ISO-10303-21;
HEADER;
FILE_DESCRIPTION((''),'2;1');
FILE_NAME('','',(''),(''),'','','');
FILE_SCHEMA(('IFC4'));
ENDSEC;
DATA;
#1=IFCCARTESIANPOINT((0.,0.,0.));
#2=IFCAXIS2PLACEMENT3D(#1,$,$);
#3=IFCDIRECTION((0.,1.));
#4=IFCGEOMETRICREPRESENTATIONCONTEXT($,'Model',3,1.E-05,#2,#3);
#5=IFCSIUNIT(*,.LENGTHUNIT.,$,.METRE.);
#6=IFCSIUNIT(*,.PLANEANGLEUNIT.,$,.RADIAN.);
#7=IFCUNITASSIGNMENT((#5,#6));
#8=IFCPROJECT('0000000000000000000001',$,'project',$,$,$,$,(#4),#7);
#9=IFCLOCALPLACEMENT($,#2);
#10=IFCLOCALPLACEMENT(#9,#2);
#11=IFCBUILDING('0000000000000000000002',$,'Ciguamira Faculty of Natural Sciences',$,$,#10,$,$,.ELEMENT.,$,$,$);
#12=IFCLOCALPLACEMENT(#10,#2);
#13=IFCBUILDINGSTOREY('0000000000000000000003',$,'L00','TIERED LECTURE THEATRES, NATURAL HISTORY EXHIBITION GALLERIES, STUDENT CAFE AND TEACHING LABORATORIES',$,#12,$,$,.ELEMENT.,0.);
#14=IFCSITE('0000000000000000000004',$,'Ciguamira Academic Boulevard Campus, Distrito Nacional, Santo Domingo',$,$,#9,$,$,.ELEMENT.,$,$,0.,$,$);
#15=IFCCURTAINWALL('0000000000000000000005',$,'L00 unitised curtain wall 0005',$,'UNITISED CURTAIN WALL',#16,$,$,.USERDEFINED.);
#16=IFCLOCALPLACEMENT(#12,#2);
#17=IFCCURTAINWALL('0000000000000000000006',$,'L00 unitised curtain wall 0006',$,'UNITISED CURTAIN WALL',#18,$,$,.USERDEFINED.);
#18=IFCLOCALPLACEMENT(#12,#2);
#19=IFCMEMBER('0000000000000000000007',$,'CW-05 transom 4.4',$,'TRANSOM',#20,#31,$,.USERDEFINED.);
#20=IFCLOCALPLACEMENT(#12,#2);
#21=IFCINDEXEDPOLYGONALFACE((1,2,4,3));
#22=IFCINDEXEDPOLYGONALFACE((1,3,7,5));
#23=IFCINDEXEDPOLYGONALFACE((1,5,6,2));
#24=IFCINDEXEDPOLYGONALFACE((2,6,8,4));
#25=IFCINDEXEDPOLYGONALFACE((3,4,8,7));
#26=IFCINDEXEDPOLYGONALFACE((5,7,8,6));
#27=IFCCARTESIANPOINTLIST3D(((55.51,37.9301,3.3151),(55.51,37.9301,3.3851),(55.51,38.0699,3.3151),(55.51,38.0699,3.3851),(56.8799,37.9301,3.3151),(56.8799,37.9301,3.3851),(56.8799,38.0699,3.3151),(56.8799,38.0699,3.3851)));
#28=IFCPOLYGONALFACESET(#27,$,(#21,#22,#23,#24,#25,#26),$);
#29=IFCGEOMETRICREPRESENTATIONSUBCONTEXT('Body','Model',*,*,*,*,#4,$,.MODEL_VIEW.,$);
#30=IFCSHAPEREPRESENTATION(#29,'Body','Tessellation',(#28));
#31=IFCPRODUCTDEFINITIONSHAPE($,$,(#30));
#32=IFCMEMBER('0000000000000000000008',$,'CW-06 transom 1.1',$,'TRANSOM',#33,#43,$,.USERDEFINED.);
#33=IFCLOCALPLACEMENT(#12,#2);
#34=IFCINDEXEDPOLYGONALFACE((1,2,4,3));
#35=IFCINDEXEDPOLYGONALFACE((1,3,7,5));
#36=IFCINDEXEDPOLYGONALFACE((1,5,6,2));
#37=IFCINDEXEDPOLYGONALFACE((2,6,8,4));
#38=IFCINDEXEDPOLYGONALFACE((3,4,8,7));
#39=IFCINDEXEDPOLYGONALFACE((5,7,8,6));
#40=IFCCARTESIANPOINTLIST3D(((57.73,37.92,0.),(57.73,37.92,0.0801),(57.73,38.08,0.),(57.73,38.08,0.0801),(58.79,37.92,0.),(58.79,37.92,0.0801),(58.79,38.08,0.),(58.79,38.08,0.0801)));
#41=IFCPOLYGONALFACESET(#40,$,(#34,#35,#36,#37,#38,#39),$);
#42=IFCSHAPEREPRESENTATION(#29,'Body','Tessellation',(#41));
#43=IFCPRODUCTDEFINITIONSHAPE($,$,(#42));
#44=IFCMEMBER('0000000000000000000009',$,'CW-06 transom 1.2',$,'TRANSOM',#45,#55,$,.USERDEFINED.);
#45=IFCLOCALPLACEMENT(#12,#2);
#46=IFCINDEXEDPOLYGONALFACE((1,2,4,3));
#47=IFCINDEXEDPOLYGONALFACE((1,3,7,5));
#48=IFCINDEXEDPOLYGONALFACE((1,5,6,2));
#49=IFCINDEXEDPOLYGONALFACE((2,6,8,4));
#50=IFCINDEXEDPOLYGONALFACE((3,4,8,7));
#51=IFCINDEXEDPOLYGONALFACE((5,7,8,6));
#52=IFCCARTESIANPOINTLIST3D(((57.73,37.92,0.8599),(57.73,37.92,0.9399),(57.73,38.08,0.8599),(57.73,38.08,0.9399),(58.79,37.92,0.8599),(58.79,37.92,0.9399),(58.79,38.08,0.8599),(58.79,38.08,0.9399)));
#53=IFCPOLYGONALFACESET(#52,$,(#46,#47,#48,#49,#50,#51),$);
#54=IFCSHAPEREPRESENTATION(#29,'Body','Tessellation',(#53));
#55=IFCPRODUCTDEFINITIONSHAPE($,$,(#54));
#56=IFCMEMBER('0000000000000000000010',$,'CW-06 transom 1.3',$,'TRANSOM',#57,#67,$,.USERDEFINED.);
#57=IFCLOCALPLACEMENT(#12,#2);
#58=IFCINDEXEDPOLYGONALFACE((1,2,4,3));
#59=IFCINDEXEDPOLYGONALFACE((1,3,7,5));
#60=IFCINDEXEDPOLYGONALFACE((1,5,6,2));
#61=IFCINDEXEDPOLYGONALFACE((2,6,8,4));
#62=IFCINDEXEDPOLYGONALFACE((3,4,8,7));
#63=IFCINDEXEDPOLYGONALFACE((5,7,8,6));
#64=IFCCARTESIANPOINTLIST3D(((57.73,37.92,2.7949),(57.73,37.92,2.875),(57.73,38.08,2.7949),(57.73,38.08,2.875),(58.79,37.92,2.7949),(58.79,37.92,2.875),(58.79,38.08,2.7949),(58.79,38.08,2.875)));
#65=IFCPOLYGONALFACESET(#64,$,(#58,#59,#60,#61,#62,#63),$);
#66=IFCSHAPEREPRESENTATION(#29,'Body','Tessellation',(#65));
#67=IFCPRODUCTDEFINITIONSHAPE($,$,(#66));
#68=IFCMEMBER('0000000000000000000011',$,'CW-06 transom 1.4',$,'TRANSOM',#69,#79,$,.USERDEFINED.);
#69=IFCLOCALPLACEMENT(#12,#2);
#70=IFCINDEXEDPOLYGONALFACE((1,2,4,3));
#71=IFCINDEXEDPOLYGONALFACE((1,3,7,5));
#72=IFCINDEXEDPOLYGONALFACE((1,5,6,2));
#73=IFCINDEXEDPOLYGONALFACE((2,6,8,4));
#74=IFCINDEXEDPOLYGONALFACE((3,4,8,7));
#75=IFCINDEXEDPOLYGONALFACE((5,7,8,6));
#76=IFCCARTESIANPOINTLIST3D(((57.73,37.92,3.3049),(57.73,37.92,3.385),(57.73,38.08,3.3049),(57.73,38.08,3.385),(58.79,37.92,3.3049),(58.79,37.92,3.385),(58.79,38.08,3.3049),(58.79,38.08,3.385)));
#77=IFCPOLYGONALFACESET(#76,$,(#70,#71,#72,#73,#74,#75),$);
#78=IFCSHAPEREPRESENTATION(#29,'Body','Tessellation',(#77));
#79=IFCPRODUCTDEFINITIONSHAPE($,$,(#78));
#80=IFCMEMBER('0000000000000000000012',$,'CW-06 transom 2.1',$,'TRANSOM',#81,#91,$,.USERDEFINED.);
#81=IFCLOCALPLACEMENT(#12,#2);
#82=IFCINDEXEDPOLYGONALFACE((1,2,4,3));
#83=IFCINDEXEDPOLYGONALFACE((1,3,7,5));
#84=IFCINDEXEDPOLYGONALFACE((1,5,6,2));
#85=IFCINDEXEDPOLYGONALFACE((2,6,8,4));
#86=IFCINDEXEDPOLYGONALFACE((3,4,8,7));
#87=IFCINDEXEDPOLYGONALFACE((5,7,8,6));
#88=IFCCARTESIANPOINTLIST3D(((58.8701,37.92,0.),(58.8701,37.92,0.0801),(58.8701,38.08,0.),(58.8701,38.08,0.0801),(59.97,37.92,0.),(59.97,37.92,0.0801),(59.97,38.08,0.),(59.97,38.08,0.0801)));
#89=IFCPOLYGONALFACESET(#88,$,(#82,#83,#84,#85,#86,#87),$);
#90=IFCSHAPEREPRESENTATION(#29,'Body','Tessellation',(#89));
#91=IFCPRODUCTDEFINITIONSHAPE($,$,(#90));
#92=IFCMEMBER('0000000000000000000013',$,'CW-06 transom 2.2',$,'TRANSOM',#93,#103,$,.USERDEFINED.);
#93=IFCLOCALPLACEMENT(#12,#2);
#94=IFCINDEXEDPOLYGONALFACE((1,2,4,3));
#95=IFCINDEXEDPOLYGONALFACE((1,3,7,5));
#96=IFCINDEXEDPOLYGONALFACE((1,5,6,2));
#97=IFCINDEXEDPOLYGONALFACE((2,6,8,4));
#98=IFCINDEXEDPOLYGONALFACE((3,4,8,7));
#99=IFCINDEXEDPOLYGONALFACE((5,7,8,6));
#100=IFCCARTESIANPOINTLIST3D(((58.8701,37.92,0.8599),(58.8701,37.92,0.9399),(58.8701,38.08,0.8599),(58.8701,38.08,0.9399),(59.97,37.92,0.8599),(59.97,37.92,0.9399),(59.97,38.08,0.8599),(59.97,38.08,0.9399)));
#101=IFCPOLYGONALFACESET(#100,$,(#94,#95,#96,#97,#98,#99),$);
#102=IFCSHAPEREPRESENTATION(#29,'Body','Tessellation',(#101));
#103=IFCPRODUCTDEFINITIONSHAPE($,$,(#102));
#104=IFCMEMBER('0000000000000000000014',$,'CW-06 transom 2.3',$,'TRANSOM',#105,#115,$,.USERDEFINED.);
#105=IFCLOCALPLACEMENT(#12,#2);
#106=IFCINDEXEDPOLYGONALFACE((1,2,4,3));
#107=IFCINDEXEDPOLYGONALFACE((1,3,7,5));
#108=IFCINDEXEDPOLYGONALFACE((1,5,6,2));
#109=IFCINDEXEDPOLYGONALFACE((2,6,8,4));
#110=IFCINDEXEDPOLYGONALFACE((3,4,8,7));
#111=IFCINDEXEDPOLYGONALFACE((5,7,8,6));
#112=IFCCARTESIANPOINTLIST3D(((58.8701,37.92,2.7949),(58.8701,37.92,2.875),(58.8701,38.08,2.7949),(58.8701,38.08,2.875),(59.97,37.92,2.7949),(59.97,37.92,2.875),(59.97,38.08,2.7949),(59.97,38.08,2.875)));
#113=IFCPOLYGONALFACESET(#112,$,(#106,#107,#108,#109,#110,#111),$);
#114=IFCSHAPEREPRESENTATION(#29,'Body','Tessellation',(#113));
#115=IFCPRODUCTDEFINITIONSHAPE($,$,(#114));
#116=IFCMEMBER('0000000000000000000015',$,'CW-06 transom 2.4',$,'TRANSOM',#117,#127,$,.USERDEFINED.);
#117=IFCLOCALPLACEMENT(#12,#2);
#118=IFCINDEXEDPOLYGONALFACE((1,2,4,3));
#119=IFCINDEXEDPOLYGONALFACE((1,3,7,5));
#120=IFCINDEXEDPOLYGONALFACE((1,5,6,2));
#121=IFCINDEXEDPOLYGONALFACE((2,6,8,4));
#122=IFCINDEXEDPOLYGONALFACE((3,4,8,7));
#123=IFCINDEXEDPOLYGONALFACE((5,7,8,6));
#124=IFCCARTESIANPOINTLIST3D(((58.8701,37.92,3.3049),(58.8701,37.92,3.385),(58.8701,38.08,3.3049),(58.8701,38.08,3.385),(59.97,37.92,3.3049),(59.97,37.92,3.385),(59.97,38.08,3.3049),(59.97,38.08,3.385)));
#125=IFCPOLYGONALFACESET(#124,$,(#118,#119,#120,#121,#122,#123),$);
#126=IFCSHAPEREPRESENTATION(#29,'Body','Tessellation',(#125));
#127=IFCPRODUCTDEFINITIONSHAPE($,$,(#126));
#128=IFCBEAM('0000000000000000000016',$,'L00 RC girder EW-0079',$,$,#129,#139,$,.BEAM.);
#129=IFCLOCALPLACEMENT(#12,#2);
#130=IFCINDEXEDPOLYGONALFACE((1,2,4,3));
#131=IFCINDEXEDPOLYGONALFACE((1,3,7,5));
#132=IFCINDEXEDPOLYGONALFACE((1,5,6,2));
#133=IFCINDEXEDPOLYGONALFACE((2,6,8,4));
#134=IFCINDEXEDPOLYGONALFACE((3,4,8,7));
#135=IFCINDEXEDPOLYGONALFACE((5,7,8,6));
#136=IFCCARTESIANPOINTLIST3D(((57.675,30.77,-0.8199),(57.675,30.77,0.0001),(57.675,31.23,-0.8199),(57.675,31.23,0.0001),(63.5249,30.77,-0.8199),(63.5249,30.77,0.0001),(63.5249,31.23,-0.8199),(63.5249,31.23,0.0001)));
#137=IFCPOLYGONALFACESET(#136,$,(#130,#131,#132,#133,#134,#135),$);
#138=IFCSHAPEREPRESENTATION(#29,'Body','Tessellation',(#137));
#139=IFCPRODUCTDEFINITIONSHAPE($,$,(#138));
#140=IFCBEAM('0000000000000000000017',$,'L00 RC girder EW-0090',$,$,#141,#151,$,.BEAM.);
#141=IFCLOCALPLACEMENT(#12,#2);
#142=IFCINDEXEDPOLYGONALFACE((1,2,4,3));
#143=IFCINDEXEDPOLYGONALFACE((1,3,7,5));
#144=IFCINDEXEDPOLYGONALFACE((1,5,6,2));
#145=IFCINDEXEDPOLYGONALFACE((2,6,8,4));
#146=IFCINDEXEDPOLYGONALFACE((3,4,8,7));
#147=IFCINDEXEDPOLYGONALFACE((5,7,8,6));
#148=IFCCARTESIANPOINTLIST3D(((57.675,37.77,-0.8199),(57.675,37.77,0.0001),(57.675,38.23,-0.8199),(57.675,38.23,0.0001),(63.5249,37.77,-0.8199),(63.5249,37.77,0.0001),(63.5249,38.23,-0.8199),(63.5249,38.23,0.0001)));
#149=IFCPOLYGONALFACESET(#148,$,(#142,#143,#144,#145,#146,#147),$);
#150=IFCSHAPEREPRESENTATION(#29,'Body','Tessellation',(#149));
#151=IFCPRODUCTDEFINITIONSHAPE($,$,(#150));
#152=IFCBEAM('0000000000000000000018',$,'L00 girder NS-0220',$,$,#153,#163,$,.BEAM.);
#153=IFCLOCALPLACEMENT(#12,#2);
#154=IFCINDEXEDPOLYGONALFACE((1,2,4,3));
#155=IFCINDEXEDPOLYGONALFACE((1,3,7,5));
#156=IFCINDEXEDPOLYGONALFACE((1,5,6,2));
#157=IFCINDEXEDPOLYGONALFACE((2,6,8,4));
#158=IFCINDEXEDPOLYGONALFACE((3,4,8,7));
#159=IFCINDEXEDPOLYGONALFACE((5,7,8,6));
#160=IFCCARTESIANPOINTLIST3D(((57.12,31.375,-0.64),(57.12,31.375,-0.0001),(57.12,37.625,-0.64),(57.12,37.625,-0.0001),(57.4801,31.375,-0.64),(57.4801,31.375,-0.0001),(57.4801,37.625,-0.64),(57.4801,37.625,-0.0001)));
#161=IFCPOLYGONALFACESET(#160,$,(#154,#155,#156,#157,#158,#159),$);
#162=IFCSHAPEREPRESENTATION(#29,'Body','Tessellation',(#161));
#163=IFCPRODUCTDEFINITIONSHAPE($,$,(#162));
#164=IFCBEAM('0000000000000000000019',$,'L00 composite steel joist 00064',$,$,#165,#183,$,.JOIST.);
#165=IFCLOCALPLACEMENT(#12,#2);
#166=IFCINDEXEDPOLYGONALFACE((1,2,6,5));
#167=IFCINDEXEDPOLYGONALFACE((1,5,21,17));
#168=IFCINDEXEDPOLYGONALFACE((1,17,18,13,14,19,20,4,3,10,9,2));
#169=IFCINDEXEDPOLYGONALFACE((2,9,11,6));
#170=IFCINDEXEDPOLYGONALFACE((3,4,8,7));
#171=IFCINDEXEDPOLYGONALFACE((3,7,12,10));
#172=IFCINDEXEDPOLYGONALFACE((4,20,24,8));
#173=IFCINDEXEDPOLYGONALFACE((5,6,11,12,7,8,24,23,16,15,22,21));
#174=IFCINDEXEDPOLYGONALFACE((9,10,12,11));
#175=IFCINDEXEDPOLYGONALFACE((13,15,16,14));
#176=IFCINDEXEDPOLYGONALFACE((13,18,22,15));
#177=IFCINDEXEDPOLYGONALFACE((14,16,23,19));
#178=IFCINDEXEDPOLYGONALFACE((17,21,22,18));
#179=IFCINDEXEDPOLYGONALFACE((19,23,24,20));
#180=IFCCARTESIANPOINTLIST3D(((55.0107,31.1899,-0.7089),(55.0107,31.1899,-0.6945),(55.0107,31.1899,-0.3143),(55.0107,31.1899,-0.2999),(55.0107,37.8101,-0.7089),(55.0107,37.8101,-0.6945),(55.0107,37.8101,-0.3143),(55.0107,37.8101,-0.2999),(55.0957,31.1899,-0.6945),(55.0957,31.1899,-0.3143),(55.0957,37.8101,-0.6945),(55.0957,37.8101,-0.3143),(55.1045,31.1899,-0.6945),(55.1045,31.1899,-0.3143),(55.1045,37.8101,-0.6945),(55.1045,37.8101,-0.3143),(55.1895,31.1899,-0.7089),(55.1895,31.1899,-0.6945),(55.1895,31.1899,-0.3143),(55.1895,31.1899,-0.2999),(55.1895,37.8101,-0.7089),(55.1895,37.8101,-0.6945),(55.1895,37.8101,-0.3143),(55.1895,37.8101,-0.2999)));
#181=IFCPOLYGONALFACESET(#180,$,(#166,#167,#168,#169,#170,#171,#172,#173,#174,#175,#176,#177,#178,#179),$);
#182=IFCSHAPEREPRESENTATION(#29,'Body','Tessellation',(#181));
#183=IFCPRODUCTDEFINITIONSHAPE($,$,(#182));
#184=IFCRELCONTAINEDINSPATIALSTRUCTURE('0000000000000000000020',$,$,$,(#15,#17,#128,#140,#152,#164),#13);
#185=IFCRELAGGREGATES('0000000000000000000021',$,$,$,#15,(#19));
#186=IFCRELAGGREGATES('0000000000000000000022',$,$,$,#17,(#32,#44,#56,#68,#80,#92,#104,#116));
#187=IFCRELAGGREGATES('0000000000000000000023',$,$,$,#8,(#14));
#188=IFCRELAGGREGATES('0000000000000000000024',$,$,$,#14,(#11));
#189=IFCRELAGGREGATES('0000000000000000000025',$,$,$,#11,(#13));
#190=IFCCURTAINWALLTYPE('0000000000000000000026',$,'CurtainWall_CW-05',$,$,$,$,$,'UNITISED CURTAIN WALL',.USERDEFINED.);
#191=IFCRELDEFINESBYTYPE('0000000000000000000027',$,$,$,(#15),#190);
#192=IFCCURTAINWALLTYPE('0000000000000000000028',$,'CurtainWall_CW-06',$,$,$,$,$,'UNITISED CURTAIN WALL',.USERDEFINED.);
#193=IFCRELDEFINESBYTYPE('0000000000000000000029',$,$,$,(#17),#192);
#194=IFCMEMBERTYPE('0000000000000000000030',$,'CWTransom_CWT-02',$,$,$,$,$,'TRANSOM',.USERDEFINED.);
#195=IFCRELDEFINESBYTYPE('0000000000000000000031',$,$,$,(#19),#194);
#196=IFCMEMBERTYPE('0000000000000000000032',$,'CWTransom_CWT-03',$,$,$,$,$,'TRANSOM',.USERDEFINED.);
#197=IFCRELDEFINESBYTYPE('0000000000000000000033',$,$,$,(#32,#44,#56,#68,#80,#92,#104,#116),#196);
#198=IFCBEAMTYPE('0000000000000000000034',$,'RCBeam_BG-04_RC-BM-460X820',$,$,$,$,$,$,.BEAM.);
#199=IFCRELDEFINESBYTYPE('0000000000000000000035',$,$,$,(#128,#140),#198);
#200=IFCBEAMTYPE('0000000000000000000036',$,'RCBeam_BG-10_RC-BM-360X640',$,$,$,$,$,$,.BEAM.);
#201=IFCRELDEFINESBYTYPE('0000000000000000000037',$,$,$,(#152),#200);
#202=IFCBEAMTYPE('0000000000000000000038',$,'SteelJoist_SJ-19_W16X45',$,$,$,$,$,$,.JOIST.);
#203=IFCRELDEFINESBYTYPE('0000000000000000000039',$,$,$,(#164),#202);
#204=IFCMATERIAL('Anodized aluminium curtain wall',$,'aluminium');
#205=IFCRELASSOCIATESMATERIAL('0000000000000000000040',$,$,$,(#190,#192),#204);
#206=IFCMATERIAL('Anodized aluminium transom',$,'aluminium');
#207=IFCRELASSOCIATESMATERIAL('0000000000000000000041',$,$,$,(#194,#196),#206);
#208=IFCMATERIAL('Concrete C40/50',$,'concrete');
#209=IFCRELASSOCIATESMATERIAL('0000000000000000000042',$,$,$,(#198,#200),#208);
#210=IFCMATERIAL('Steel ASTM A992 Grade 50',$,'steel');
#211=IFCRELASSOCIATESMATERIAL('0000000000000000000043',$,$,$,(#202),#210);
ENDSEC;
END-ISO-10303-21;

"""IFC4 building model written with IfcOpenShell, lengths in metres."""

from ifc_helpers import new_model, si_unit, direction, frame, origin, origin_2d, place, context, subcontext, project, spatial, rectangle, i_section, extrude, material, material_profile, profile_set, type_object, element, aggregate, save


model = new_model("IFC4")

# Units and contexts
model_context = context("Model", 3, precision=1e-05, world=origin(), true_north=direction((0.0, 1.0)))
body_context = subcontext(model_context, "Body", "Model", "MODEL_VIEW")
ifc_project = project(units=[si_unit("LENGTHUNIT", "METRE"), si_unit("PLANEANGLEUNIT", "RADIAN")], contexts=[model_context])

# Site, building, storey
site_placement = place(None, origin())
site = spatial("IfcSite", under=ifc_project, at=site_placement, Name="Ciguamira Academic Boulevard Campus, Distrito Nacional, Santo Domingo", CompositionType="ELEMENT", RefElevation=0.0)
building_placement = place(site_placement, origin())
building = spatial("IfcBuilding", under=site, at=building_placement, Name="Ciguamira Faculty of Natural Sciences", CompositionType="ELEMENT")
storey_placement = place(building_placement, origin())
storey = spatial("IfcBuildingStorey", under=building, at=storey_placement, Name="L00", Description="TIERED LECTURE THEATRES, NATURAL HISTORY EXHIBITION GALLERIES, STUDENT CAFE AND TEACHING LABORATORIES", CompositionType="ELEMENT", Elevation=0.0)

# Shared definitions
ifc_material_1 = material(Name="Concrete C40/50", Category="concrete")

# Curtain walls
ifc_material_2 = material(Name="Anodized aluminium curtain wall", Category="aluminium")
curtain_wall_type_1 = type_object("IfcCurtainWallType", Name="CurtainWall_CW-05", ElementType="UNITISED CURTAIN WALL", PredefinedType="USERDEFINED", material=ifc_material_2)
curtain_wall_1_placement = place(storey_placement, origin())
curtain_wall_1 = element("IfcCurtainWall", 1, at=curtain_wall_1_placement, inside=storey, type_object=curtain_wall_type_1, Name="L00 unitised curtain wall 0005", ObjectType="UNITISED CURTAIN WALL", PredefinedType="USERDEFINED")
curtain_wall_type_2 = type_object("IfcCurtainWallType", Name="CurtainWall_CW-06", ElementType="UNITISED CURTAIN WALL", PredefinedType="USERDEFINED", material=ifc_material_2)
curtain_wall_2_placement = place(storey_placement, origin())
curtain_wall_2 = element("IfcCurtainWall", 2, at=curtain_wall_2_placement, inside=storey, type_object=curtain_wall_type_2, Name="L00 unitised curtain wall 0006", ObjectType="UNITISED CURTAIN WALL", PredefinedType="USERDEFINED")

# Members
ifc_material_3 = material(Name="Anodized aluminium transom", Category="aluminium")
ifc_material_profile_1 = material_profile(ifc_material_3, rectangle(XDim=0.0701, YDim=0.1399, at=origin_2d()), Name="ALU-TRN-70X140")
ifc_profile_set_1 = profile_set([ifc_material_profile_1], Name="Anodized aluminium transom")
member_type_1 = type_object("IfcMemberType", Name="CWTransom_CWT-02", ElementType="TRANSOM", PredefinedType="USERDEFINED", material=ifc_profile_set_1)
member_1_placement = place(storey_placement, frame((55.51, 38.0, 3.3501), z_axis=(1.0, 0.0, 0.0), x_axis=(0.0, 0.0, 1.0)))
member_1 = element("IfcMember", 3, at=member_1_placement, type_object=member_type_1, Name="CW-05 transom 4.4", ObjectType="TRANSOM", PredefinedType="USERDEFINED", context=body_context, shape_type="SweptSolid", body=[
    extrude(rectangle(XDim=0.0701, YDim=0.1399, at=origin_2d()), origin(), (0.0, 0.0, 1.0), 1.3699),
])
ifc_material_profile_2 = material_profile(ifc_material_3, rectangle(XDim=0.0801, YDim=0.1599, at=origin_2d()), Name="ALU-TRN-80X160")
ifc_profile_set_2 = profile_set([ifc_material_profile_2], Name="Anodized aluminium transom")
member_type_2 = type_object("IfcMemberType", Name="CWTransom_CWT-03", ElementType="TRANSOM", PredefinedType="USERDEFINED", material=ifc_profile_set_2)
member_2_placement = place(storey_placement, frame((57.73, 38.0, 0.04), z_axis=(1.0, 0.0, 0.0), x_axis=(0.0, 0.0, 1.0)))
member_2 = element("IfcMember", 4, at=member_2_placement, type_object=member_type_2, Name="CW-06 transom 1.1", ObjectType="TRANSOM", PredefinedType="USERDEFINED", context=body_context, shape_type="SweptSolid", body=[
    extrude(rectangle(XDim=0.0801, YDim=0.1599, at=origin_2d()), origin(), (0.0, 0.0, 1.0), 1.0601),
])
member_3_placement = place(storey_placement, frame((57.73, 38.0, 0.8999), z_axis=(1.0, 0.0, 0.0), x_axis=(0.0, 0.0, 1.0)))
member_3 = element("IfcMember", 5, at=member_3_placement, type_object=member_type_2, Name="CW-06 transom 1.2", ObjectType="TRANSOM", PredefinedType="USERDEFINED", context=body_context, shape_type="SweptSolid", body=[
    extrude(rectangle(XDim=0.0801, YDim=0.1599, at=origin_2d()), origin(), (0.0, 0.0, 1.0), 1.0601),
])
member_4_placement = place(storey_placement, frame((57.73, 38.0, 2.835), z_axis=(1.0, 0.0, 0.0), x_axis=(0.0, 0.0, 1.0)))
member_4 = element("IfcMember", 6, at=member_4_placement, type_object=member_type_2, Name="CW-06 transom 1.3", ObjectType="TRANSOM", PredefinedType="USERDEFINED", context=body_context, shape_type="SweptSolid", body=[
    extrude(rectangle(XDim=0.0801, YDim=0.1599, at=origin_2d()), origin(), (0.0, 0.0, 1.0), 1.0601),
])
member_5_placement = place(storey_placement, frame((57.73, 38.0, 3.345), z_axis=(1.0, 0.0, 0.0), x_axis=(0.0, 0.0, 1.0)))
member_5 = element("IfcMember", 7, at=member_5_placement, type_object=member_type_2, Name="CW-06 transom 1.4", ObjectType="TRANSOM", PredefinedType="USERDEFINED", context=body_context, shape_type="SweptSolid", body=[
    extrude(rectangle(XDim=0.0801, YDim=0.1599, at=origin_2d()), origin(), (0.0, 0.0, 1.0), 1.0601),
])
member_6_placement = place(storey_placement, frame((58.8701, 38.0, 0.04), z_axis=(1.0, 0.0, 0.0), x_axis=(0.0, 0.0, 1.0)))
member_6 = element("IfcMember", 8, at=member_6_placement, type_object=member_type_2, Name="CW-06 transom 2.1", ObjectType="TRANSOM", PredefinedType="USERDEFINED", context=body_context, shape_type="SweptSolid", body=[
    extrude(rectangle(XDim=0.0801, YDim=0.1599, at=origin_2d()), origin(), (0.0, 0.0, 1.0), 1.0999),
])
member_7_placement = place(storey_placement, frame((58.8701, 38.0, 0.8999), z_axis=(1.0, 0.0, 0.0), x_axis=(0.0, 0.0, 1.0)))
member_7 = element("IfcMember", 9, at=member_7_placement, type_object=member_type_2, Name="CW-06 transom 2.2", ObjectType="TRANSOM", PredefinedType="USERDEFINED", context=body_context, shape_type="SweptSolid", body=[
    extrude(rectangle(XDim=0.0801, YDim=0.1599, at=origin_2d()), origin(), (0.0, 0.0, 1.0), 1.0999),
])
member_8_placement = place(storey_placement, frame((58.8701, 38.0, 2.835), z_axis=(1.0, 0.0, 0.0), x_axis=(0.0, 0.0, 1.0)))
member_8 = element("IfcMember", 10, at=member_8_placement, type_object=member_type_2, Name="CW-06 transom 2.3", ObjectType="TRANSOM", PredefinedType="USERDEFINED", context=body_context, shape_type="SweptSolid", body=[
    extrude(rectangle(XDim=0.0801, YDim=0.1599, at=origin_2d()), origin(), (0.0, 0.0, 1.0), 1.0999),
])
member_9_placement = place(storey_placement, frame((58.8701, 38.0, 3.345), z_axis=(1.0, 0.0, 0.0), x_axis=(0.0, 0.0, 1.0)))
member_9 = element("IfcMember", 11, at=member_9_placement, type_object=member_type_2, Name="CW-06 transom 2.4", ObjectType="TRANSOM", PredefinedType="USERDEFINED", context=body_context, shape_type="SweptSolid", body=[
    extrude(rectangle(XDim=0.0801, YDim=0.1599, at=origin_2d()), origin(), (0.0, 0.0, 1.0), 1.0999),
])

# Beams
ifc_material_profile_3 = material_profile(ifc_material_1, rectangle(XDim=0.46, YDim=0.8201, at=origin_2d()), Name="RC-BM-460X820")
ifc_profile_set_3 = profile_set([ifc_material_profile_3], Name="Concrete C40/50")
beam_type_1 = type_object("IfcBeamType", Name="RCBeam_BG-04_RC-BM-460X820", PredefinedType="BEAM", material=ifc_profile_set_3)
for number, where, z_axis, x_axis, name in (
    (12, (57.675, 31.0, -0.4099), (1.0, 0.0, 0.0), (0.0, 1.0, 0.0), "L00 RC girder EW-0079"),
    (13, (57.675, 38.0, -0.4099), (1.0, 0.0, 0.0), (0.0, 1.0, 0.0), "L00 RC girder EW-0090"),
):
    element("IfcBeam", number, at=place(storey_placement, frame(where, z_axis=z_axis, x_axis=x_axis)), inside=storey, type_object=beam_type_1, Name=name, PredefinedType="BEAM", context=body_context, shape_type="SweptSolid", body=[
        extrude(rectangle(XDim=0.46, YDim=0.8201, at=origin_2d()), origin(), (0.0, 0.0, 1.0), 5.8499),
    ])
ifc_material_profile_4 = material_profile(ifc_material_1, rectangle(XDim=0.3601, YDim=0.6399, at=origin_2d()), Name="RC-BM-360X640")
ifc_profile_set_4 = profile_set([ifc_material_profile_4], Name="Concrete C40/50")
beam_type_2 = type_object("IfcBeamType", Name="RCBeam_BG-10_RC-BM-360X640", PredefinedType="BEAM", material=ifc_profile_set_4)
beam_1_placement = place(storey_placement, frame((57.3, 31.375, -0.3201), z_axis=(0.0, 1.0, 0.0), x_axis=(-1.0, 0.0, 0.0)))
element("IfcBeam", 14, at=beam_1_placement, inside=storey, type_object=beam_type_2, Name="L00 girder NS-0220", PredefinedType="BEAM", context=body_context, shape_type="SweptSolid", body=[
    extrude(rectangle(XDim=0.3601, YDim=0.6399, at=origin_2d()), origin(), (0.0, 0.0, 1.0), 6.25),
])
ifc_material_4 = material(Name="Steel ASTM A992 Grade 50", Category="steel")
ifc_material_profile_5 = material_profile(ifc_material_4, i_section(OverallWidth=0.1787, OverallDepth=0.4089, WebThickness=0.0088, FlangeThickness=0.0144, at=origin_2d()), Name="W16X45")
ifc_profile_set_5 = profile_set([ifc_material_profile_5], Name="Steel ASTM A992 Grade 50")
beam_type_3 = type_object("IfcBeamType", Name="SteelJoist_SJ-19_W16X45", PredefinedType="JOIST", material=ifc_profile_set_5)
beam_2_placement = place(storey_placement, frame((55.1001, 31.1899, -0.5044), z_axis=(0.0, 1.0, 0.0), x_axis=(-1.0, 0.0, 0.0)))
element("IfcBeam", 15, at=beam_2_placement, inside=storey, type_object=beam_type_3, Name="L00 composite steel joist 00064", PredefinedType="JOIST", context=body_context, shape_type="SweptSolid", body=[
    extrude(i_section(OverallWidth=0.1787, OverallDepth=0.4089, WebThickness=0.0088, FlangeThickness=0.0144, at=origin_2d()), origin(), (0.0, 0.0, 1.0), 6.6201),
])

aggregate(curtain_wall_1, [member_1])
aggregate(curtain_wall_2, [member_2, member_3, member_4, member_5, member_6, member_7, member_8, member_9])

save(model, "model.ifc")
